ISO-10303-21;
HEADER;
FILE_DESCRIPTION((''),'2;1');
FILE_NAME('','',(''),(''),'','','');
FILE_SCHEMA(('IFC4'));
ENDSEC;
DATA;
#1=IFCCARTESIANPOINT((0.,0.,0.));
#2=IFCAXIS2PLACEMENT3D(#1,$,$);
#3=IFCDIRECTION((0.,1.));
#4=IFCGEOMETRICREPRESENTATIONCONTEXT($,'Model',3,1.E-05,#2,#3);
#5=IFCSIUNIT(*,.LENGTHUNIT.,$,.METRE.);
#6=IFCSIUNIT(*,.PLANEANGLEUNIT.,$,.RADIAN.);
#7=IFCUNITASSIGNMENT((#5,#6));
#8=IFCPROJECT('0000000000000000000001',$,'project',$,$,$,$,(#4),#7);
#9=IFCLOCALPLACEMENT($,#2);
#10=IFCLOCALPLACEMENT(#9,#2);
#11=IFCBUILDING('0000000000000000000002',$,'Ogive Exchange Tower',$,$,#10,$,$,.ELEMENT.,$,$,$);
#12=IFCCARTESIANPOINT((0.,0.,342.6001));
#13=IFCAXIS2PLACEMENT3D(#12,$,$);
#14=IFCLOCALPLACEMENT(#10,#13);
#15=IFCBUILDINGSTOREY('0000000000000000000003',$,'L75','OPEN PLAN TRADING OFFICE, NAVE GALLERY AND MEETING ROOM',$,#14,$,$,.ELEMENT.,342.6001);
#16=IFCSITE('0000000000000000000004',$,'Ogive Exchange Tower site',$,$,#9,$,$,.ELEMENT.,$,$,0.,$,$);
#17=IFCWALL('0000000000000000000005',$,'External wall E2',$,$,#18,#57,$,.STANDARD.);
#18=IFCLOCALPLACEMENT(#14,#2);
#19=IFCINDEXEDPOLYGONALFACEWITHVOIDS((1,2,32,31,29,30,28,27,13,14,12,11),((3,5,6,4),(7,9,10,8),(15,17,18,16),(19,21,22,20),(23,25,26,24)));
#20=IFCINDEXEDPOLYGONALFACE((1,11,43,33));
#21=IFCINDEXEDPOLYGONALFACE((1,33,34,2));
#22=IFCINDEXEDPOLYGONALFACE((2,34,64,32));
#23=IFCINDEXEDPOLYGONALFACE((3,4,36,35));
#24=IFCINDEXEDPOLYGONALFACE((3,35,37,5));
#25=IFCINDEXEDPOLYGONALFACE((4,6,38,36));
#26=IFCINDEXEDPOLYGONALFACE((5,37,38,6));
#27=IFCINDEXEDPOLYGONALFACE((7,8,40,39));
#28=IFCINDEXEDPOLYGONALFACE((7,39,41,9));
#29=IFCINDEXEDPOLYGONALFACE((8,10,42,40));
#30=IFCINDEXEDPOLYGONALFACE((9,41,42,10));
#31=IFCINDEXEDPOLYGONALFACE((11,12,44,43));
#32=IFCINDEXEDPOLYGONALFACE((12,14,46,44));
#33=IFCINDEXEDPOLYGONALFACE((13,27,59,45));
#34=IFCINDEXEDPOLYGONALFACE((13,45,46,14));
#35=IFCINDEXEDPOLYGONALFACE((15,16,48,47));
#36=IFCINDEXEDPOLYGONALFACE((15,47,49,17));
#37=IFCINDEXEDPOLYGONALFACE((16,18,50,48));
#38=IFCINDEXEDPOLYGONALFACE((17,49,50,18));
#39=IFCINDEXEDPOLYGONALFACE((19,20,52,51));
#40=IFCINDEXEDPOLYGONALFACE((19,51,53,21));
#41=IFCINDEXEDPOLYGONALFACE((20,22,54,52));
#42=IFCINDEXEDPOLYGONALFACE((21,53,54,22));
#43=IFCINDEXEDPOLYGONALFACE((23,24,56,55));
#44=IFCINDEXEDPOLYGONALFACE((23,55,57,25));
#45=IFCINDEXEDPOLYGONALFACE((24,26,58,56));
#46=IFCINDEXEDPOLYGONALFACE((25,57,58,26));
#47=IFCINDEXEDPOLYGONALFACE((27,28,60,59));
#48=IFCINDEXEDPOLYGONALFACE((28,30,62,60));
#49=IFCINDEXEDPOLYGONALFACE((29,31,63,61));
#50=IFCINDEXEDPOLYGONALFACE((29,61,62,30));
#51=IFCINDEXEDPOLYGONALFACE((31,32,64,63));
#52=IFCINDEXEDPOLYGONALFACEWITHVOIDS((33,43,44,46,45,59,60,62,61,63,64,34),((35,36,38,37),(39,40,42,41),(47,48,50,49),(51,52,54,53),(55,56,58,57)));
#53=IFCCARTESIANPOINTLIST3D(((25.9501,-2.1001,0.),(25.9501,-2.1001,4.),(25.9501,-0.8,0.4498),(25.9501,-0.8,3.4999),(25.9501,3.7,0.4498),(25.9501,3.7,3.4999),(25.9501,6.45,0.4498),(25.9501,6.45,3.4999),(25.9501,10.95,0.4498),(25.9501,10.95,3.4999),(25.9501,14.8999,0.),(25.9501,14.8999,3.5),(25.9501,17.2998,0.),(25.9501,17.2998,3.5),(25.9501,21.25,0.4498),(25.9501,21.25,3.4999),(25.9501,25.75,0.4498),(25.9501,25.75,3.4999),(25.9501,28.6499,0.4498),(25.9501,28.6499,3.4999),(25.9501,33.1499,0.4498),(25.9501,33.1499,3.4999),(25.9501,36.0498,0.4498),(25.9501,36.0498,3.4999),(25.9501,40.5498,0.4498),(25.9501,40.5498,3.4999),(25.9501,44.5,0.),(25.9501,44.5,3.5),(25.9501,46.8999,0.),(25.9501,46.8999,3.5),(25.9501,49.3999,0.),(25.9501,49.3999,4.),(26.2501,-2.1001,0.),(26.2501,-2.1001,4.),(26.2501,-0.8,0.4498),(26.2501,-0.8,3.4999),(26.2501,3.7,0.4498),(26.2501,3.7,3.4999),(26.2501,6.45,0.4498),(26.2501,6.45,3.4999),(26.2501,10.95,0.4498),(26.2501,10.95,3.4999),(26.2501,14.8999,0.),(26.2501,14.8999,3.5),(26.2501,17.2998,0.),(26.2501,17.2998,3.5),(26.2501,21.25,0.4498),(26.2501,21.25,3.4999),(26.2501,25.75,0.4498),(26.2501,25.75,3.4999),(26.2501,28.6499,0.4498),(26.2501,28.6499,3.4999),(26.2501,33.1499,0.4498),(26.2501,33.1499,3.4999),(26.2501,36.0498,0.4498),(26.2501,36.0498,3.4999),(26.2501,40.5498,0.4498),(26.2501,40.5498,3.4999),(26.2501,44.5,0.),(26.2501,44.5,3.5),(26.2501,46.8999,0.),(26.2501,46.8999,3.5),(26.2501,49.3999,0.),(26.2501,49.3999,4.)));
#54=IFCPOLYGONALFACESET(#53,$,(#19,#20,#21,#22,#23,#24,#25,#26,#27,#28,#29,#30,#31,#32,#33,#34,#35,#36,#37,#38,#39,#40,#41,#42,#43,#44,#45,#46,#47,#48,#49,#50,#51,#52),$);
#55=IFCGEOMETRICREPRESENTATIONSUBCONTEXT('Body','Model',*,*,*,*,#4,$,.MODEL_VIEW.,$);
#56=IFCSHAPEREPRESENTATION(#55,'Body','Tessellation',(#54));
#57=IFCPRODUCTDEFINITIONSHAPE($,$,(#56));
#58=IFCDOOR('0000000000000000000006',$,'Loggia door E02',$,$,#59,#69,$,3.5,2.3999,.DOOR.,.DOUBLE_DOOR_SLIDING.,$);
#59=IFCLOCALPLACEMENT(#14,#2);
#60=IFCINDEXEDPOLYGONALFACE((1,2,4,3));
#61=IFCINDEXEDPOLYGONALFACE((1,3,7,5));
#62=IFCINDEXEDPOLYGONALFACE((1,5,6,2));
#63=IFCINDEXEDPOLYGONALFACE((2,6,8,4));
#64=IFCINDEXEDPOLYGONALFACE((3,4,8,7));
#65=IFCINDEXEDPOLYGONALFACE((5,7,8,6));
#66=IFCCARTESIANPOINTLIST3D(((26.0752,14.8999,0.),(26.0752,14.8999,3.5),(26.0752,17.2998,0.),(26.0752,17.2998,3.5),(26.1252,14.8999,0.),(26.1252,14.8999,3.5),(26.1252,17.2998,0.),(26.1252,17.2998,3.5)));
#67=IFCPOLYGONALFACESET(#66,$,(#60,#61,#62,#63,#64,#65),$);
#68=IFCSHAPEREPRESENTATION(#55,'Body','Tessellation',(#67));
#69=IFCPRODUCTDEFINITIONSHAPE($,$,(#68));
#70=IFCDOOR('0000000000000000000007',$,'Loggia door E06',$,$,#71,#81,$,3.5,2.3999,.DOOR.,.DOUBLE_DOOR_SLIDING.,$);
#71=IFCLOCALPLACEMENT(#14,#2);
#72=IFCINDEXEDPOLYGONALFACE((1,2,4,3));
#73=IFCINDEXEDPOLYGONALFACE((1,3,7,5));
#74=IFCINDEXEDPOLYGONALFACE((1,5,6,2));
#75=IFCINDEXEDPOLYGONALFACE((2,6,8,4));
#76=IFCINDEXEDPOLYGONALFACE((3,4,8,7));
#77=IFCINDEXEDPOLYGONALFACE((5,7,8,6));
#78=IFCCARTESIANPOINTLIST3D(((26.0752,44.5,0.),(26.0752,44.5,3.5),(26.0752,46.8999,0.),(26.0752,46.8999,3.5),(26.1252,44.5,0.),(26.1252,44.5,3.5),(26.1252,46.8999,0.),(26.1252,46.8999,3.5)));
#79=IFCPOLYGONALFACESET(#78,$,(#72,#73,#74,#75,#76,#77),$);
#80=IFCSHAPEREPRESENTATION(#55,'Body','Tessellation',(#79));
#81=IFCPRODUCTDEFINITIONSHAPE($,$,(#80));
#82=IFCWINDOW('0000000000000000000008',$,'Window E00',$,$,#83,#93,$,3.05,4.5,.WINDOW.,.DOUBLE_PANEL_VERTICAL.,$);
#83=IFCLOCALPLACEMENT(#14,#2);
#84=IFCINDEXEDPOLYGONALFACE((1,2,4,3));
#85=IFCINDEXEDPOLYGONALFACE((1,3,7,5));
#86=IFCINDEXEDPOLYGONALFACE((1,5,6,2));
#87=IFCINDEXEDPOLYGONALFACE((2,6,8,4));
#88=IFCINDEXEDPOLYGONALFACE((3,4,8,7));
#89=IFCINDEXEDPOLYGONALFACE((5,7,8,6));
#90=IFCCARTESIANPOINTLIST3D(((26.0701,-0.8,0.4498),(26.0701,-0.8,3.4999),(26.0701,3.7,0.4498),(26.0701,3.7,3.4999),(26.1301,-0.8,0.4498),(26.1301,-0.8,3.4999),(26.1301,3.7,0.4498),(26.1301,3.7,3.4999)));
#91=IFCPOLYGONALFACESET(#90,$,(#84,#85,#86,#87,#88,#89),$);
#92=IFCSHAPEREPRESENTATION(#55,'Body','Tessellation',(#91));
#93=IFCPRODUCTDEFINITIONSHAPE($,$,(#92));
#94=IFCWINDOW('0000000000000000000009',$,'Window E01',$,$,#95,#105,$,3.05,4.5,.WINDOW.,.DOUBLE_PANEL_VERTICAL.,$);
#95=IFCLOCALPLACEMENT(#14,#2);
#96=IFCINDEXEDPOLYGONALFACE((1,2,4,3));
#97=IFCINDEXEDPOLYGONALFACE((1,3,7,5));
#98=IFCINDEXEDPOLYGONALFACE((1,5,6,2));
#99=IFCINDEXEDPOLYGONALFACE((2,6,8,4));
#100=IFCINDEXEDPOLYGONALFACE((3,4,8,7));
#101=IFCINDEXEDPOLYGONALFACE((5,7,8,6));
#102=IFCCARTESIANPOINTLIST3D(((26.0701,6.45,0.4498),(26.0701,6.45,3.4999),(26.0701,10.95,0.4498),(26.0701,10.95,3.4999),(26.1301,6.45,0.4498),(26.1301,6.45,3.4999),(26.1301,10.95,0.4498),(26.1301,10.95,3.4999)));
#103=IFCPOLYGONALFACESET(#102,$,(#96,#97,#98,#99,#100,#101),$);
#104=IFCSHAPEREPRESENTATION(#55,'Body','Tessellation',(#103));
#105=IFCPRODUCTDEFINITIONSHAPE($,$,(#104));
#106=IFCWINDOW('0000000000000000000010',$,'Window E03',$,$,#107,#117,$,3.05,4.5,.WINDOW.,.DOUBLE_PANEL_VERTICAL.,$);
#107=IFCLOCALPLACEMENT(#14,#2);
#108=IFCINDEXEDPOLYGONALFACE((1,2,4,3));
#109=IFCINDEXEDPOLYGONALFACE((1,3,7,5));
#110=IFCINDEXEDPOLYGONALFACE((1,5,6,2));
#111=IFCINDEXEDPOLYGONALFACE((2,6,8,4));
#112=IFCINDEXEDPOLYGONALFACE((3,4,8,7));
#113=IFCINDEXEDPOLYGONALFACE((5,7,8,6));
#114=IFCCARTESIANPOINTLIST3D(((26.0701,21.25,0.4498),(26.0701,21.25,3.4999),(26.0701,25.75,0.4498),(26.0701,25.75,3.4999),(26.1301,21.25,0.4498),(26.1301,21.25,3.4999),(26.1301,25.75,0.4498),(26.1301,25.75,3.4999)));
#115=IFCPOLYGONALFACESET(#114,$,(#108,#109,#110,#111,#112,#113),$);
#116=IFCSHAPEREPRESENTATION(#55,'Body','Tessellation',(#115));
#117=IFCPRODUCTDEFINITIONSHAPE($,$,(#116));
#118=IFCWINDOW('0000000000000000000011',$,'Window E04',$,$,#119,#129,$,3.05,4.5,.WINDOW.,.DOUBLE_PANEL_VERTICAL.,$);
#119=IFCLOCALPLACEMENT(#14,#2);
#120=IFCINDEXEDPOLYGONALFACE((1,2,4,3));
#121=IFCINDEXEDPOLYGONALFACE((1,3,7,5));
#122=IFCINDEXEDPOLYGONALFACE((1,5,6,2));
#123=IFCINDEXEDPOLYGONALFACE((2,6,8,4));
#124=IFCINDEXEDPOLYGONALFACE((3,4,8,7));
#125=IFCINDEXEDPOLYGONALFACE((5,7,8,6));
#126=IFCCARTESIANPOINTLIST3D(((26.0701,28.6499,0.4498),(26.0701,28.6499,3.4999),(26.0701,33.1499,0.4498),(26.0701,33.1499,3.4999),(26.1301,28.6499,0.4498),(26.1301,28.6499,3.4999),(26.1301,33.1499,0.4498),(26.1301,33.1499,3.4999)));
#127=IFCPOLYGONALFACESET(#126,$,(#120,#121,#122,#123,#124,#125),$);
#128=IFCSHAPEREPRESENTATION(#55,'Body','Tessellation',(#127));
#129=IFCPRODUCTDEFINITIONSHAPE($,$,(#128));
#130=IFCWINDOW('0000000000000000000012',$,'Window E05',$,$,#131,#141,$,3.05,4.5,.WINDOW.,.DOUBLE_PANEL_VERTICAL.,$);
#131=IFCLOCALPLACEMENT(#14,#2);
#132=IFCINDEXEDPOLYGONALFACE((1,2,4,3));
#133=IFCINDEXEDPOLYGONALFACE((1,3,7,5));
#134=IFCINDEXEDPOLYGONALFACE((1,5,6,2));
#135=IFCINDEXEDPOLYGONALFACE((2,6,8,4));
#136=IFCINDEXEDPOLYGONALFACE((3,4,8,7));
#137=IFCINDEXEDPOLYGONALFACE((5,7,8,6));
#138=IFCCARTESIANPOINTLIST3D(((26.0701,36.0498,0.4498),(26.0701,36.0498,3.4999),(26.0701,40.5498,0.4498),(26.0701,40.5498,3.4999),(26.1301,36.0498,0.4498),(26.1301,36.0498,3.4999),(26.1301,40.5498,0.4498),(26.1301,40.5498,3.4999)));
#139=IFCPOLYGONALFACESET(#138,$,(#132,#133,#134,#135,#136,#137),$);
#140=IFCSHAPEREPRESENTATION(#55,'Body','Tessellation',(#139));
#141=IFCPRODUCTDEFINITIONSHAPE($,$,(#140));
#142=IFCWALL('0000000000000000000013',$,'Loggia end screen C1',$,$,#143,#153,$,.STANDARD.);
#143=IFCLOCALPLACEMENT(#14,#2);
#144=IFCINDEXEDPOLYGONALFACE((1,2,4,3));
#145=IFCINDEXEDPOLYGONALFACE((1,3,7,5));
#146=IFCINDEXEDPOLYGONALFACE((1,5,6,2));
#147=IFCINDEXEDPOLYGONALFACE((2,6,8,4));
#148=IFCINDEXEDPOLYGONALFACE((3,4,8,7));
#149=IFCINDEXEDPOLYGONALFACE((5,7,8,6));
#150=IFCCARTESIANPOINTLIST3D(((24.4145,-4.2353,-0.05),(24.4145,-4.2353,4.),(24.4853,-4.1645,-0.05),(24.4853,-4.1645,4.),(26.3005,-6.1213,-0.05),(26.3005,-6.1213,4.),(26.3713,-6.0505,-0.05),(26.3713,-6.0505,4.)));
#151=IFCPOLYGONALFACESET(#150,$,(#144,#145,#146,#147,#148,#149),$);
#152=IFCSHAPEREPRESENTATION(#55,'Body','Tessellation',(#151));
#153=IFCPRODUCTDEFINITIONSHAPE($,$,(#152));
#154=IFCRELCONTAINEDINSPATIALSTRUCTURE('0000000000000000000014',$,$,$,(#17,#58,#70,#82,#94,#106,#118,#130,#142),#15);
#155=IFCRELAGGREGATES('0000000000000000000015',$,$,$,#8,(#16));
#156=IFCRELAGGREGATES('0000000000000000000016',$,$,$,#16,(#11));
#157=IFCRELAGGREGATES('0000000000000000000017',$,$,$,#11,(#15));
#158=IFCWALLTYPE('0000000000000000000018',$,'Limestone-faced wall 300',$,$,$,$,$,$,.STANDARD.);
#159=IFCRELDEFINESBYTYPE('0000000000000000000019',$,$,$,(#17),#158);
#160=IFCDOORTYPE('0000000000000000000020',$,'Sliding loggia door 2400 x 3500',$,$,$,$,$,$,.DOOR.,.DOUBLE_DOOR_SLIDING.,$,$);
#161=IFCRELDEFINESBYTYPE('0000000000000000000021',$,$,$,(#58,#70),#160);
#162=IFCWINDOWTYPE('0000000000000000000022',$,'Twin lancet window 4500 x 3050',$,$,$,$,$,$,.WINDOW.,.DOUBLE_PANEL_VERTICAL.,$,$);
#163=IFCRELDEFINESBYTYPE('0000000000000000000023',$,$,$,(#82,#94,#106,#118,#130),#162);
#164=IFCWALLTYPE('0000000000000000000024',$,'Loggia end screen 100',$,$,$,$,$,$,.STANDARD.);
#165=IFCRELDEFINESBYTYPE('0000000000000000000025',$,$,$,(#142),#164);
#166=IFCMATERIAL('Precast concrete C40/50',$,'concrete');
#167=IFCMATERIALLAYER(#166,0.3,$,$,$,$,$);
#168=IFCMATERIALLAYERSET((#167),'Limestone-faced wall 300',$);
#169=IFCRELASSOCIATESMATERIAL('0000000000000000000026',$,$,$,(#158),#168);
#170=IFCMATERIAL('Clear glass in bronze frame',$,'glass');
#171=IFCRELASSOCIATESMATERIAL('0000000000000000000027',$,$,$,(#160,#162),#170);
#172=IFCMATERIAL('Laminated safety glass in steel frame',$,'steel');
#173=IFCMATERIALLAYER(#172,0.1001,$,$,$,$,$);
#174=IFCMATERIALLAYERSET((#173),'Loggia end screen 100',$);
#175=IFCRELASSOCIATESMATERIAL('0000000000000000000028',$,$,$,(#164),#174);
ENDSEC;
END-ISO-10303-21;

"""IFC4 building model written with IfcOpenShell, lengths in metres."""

from ifc_helpers import new_model, si_unit, direction, frame, frame_2d, origin, place, context, subcontext, project, spatial, rectangle, extrude, material, layer, layer_set, type_object, element, fill, save


model = new_model("IFC4")

# Units and contexts
model_context = context("Model", 3, precision=1e-05, world=origin(), true_north=direction((0.0, 1.0)))
body_context = subcontext(model_context, "Body", "Model", "MODEL_VIEW")
ifc_project = project(units=[si_unit("LENGTHUNIT", "METRE"), si_unit("PLANEANGLEUNIT", "RADIAN")], contexts=[model_context])

# Site, building, storey
site_placement = place(None, origin())
site = spatial("IfcSite", under=ifc_project, at=site_placement, Name="Ogive Exchange Tower site", CompositionType="ELEMENT", RefElevation=0.0)
building_placement = place(site_placement, origin())
building = spatial("IfcBuilding", under=site, at=building_placement, Name="Ogive Exchange Tower", CompositionType="ELEMENT")
storey_placement = place(building_placement, frame((0.0, 0.0, 342.6001)))
storey = spatial("IfcBuildingStorey", under=building, at=storey_placement, Name="L75", Description="OPEN PLAN TRADING OFFICE, NAVE GALLERY AND MEETING ROOM", CompositionType="ELEMENT", Elevation=342.6001)

# Wall, openings, doors, windows
ifc_material_1 = material(Name="Precast concrete C40/50", Category="concrete")
ifc_layer_1 = layer(ifc_material_1, 0.3)
ifc_layer_set_1 = layer_set([ifc_layer_1], Name="Limestone-faced wall 300")
wall_type_1 = type_object("IfcWallType", Name="Limestone-faced wall 300", PredefinedType="STANDARD", material=ifc_layer_set_1)
wall_1_placement = place(storey_placement, frame((26.1001, -2.1001, 0.0), z_axis=(0.0, 0.0, 1.0), x_axis=(0.0, 1.0, 0.0)))
wall_1 = element("IfcWall", 1, at=wall_1_placement, inside=storey, type_object=wall_type_1, Name="External wall E2", PredefinedType="STANDARD", context=body_context, shape_type="SweptSolid", body=[
    extrude(rectangle(XDim=51.5, YDim=0.3, at=frame_2d((25.75, 0.0))), origin(), (0.0, 0.0, 1.0), 4.0),
])
opening_1_placement = place(wall_1_placement, frame((1.3, 0.0, 0.45)))
opening_1 = element("IfcOpeningElement", 2, at=opening_1_placement, cuts=wall_1, PredefinedType="OPENING", context=body_context, shape_type="SweptSolid", body=[
    extrude(rectangle(XDim=4.5, YDim=3.05, at=frame_2d((2.25, 1.5249))), frame((0.0, 0.1599, 0.0), z_axis=(0.0, -1.0, 0.0), x_axis=(1.0, 0.0, 0.0)), (0.0, 0.0, 1.0), 0.3201),
])
opening_2_placement = place(wall_1_placement, frame((8.55, 0.0, 0.45)))
opening_2 = element("IfcOpeningElement", 3, at=opening_2_placement, cuts=wall_1, PredefinedType="OPENING", context=body_context, shape_type="SweptSolid", body=[
    extrude(rectangle(XDim=4.5, YDim=3.05, at=frame_2d((2.25, 1.5249))), frame((0.0, 0.1599, 0.0), z_axis=(0.0, -1.0, 0.0), x_axis=(1.0, 0.0, 0.0)), (0.0, 0.0, 1.0), 0.3201),
])
opening_3_placement = place(wall_1_placement, frame((17.0, 0.0, 0.0)))
opening_3 = element("IfcOpeningElement", 4, at=opening_3_placement, cuts=wall_1, PredefinedType="OPENING", context=body_context, shape_type="SweptSolid", body=[
    extrude(rectangle(XDim=2.3999, YDim=3.5, at=frame_2d((1.2, 1.75))), frame((0.0, 0.1599, 0.0), z_axis=(0.0, -1.0, 0.0), x_axis=(1.0, 0.0, 0.0)), (0.0, 0.0, 1.0), 0.3201),
])
opening_4_placement = place(wall_1_placement, frame((23.3501, 0.0, 0.45)))
opening_4 = element("IfcOpeningElement", 5, at=opening_4_placement, cuts=wall_1, PredefinedType="OPENING", context=body_context, shape_type="SweptSolid", body=[
    extrude(rectangle(XDim=4.5, YDim=3.05, at=frame_2d((2.25, 1.5249))), frame((0.0, 0.1599, 0.0), z_axis=(0.0, -1.0, 0.0), x_axis=(1.0, 0.0, 0.0)), (0.0, 0.0, 1.0), 0.3201),
])
opening_5_placement = place(wall_1_placement, frame((30.75, 0.0, 0.45)))
opening_5 = element("IfcOpeningElement", 6, at=opening_5_placement, cuts=wall_1, PredefinedType="OPENING", context=body_context, shape_type="SweptSolid", body=[
    extrude(rectangle(XDim=4.5, YDim=3.05, at=frame_2d((2.25, 1.5249))), frame((0.0, 0.1599, 0.0), z_axis=(0.0, -1.0, 0.0), x_axis=(1.0, 0.0, 0.0)), (0.0, 0.0, 1.0), 0.3201),
])
opening_6_placement = place(wall_1_placement, frame((38.1499, 0.0, 0.45)))
opening_6 = element("IfcOpeningElement", 7, at=opening_6_placement, cuts=wall_1, PredefinedType="OPENING", context=body_context, shape_type="SweptSolid", body=[
    extrude(rectangle(XDim=4.5, YDim=3.05, at=frame_2d((2.25, 1.5249))), frame((0.0, 0.1599, 0.0), z_axis=(0.0, -1.0, 0.0), x_axis=(1.0, 0.0, 0.0)), (0.0, 0.0, 1.0), 0.3201),
])
opening_7_placement = place(wall_1_placement, frame((46.6001, 0.0, 0.0)))
opening_7 = element("IfcOpeningElement", 8, at=opening_7_placement, cuts=wall_1, PredefinedType="OPENING", context=body_context, shape_type="SweptSolid", body=[
    extrude(rectangle(XDim=2.3999, YDim=3.5, at=frame_2d((1.2, 1.75))), frame((0.0, 0.1599, 0.0), z_axis=(0.0, -1.0, 0.0), x_axis=(1.0, 0.0, 0.0)), (0.0, 0.0, 1.0), 0.3201),
])
ifc_material_2 = material(Name="Clear glass in bronze frame", Category="glass")
door_type_1 = type_object("IfcDoorType", Name="Sliding loggia door 2400 x 3500", OperationType="DOUBLE_DOOR_SLIDING", PredefinedType="DOOR", material=ifc_material_2)
door_1_placement = place(opening_3_placement, origin())
door_1 = element("IfcDoor", 9, at=door_1_placement, inside=storey, type_object=door_type_1, Name="Loggia door E02", OperationType="DOUBLE_DOOR_SLIDING", OverallHeight=3.5, OverallWidth=2.3999, PredefinedType="DOOR", context=body_context, shape_type="SweptSolid", body=[
    extrude(rectangle(XDim=2.3999, YDim=3.5, at=frame_2d((1.2, 1.75))), frame((0.0, 0.0249, 0.0), z_axis=(0.0, -1.0, 0.0), x_axis=(1.0, 0.0, 0.0)), (0.0, 0.0, 1.0), 0.05),
])
fill(opening_3, door_1)
door_2_placement = place(opening_7_placement, origin())
door_2 = element("IfcDoor", 10, at=door_2_placement, inside=storey, type_object=door_type_1, Name="Loggia door E06", OperationType="DOUBLE_DOOR_SLIDING", OverallHeight=3.5, OverallWidth=2.3999, PredefinedType="DOOR", context=body_context, shape_type="SweptSolid", body=[
    extrude(rectangle(XDim=2.3999, YDim=3.5, at=frame_2d((1.2, 1.75))), frame((0.0, 0.0249, 0.0), z_axis=(0.0, -1.0, 0.0), x_axis=(1.0, 0.0, 0.0)), (0.0, 0.0, 1.0), 0.05),
])
fill(opening_7, door_2)
window_type = type_object("IfcWindowType", Name="Twin lancet window 4500 x 3050", PartitioningType="DOUBLE_PANEL_VERTICAL", PredefinedType="WINDOW", material=ifc_material_2)
window_1_placement = place(opening_1_placement, origin())
window_1 = element("IfcWindow", 11, at=window_1_placement, inside=storey, type_object=window_type, Name="Window E00", OverallHeight=3.05, OverallWidth=4.5, PartitioningType="DOUBLE_PANEL_VERTICAL", PredefinedType="WINDOW", context=body_context, shape_type="SweptSolid", body=[
    extrude(rectangle(XDim=4.5, YDim=3.05, at=frame_2d((2.25, 1.5249))), frame((0.0, 0.03, 0.0), z_axis=(0.0, -1.0, 0.0), x_axis=(1.0, 0.0, 0.0)), (0.0, 0.0, 1.0), 0.0601),
])
fill(opening_1, window_1)
window_2_placement = place(opening_2_placement, origin())
window_2 = element("IfcWindow", 12, at=window_2_placement, inside=storey, type_object=window_type, Name="Window E01", OverallHeight=3.05, OverallWidth=4.5, PartitioningType="DOUBLE_PANEL_VERTICAL", PredefinedType="WINDOW", context=body_context, shape_type="SweptSolid", body=[
    extrude(rectangle(XDim=4.5, YDim=3.05, at=frame_2d((2.25, 1.5249))), frame((0.0, 0.03, 0.0), z_axis=(0.0, -1.0, 0.0), x_axis=(1.0, 0.0, 0.0)), (0.0, 0.0, 1.0), 0.0601),
])
fill(opening_2, window_2)
window_3_placement = place(opening_4_placement, origin())
window_3 = element("IfcWindow", 13, at=window_3_placement, inside=storey, type_object=window_type, Name="Window E03", OverallHeight=3.05, OverallWidth=4.5, PartitioningType="DOUBLE_PANEL_VERTICAL", PredefinedType="WINDOW", context=body_context, shape_type="SweptSolid", body=[
    extrude(rectangle(XDim=4.5, YDim=3.05, at=frame_2d((2.25, 1.5249))), frame((0.0, 0.03, 0.0), z_axis=(0.0, -1.0, 0.0), x_axis=(1.0, 0.0, 0.0)), (0.0, 0.0, 1.0), 0.0601),
])
fill(opening_4, window_3)
window_4_placement = place(opening_5_placement, origin())
window_4 = element("IfcWindow", 14, at=window_4_placement, inside=storey, type_object=window_type, Name="Window E04", OverallHeight=3.05, OverallWidth=4.5, PartitioningType="DOUBLE_PANEL_VERTICAL", PredefinedType="WINDOW", context=body_context, shape_type="SweptSolid", body=[
    extrude(rectangle(XDim=4.5, YDim=3.05, at=frame_2d((2.25, 1.5249))), frame((0.0, 0.03, 0.0), z_axis=(0.0, -1.0, 0.0), x_axis=(1.0, 0.0, 0.0)), (0.0, 0.0, 1.0), 0.0601),
])
fill(opening_5, window_4)
window_5_placement = place(opening_6_placement, origin())
window_5 = element("IfcWindow", 15, at=window_5_placement, inside=storey, type_object=window_type, Name="Window E05", OverallHeight=3.05, OverallWidth=4.5, PartitioningType="DOUBLE_PANEL_VERTICAL", PredefinedType="WINDOW", context=body_context, shape_type="SweptSolid", body=[
    extrude(rectangle(XDim=4.5, YDim=3.05, at=frame_2d((2.25, 1.5249))), frame((0.0, 0.03, 0.0), z_axis=(0.0, -1.0, 0.0), x_axis=(1.0, 0.0, 0.0)), (0.0, 0.0, 1.0), 0.0601),
])
fill(opening_6, window_5)

# Wall
ifc_material_3 = material(Name="Laminated safety glass in steel frame", Category="steel")
ifc_layer_2 = layer(ifc_material_3, 0.1001)
ifc_layer_set_2 = layer_set([ifc_layer_2], Name="Loggia end screen 100")
wall_type_2 = type_object("IfcWallType", Name="Loggia end screen 100", PredefinedType="STANDARD", material=ifc_layer_set_2)
wall_2_placement = place(storey_placement, frame((24.45, -4.2, -0.05), z_axis=(0.0, 0.0, 1.0), x_axis=(0.707107, -0.707107, 0.0)))
element("IfcWall", 16, at=wall_2_placement, inside=storey, type_object=wall_type_2, Name="Loggia end screen C1", PredefinedType="STANDARD", context=body_context, shape_type="SweptSolid", body=[
    extrude(rectangle(XDim=2.6672, YDim=0.1001, at=frame_2d((1.3335, 0.0))), origin(), (0.0, 0.0, 1.0), 4.05),
])

save(model, "model.ifc")
